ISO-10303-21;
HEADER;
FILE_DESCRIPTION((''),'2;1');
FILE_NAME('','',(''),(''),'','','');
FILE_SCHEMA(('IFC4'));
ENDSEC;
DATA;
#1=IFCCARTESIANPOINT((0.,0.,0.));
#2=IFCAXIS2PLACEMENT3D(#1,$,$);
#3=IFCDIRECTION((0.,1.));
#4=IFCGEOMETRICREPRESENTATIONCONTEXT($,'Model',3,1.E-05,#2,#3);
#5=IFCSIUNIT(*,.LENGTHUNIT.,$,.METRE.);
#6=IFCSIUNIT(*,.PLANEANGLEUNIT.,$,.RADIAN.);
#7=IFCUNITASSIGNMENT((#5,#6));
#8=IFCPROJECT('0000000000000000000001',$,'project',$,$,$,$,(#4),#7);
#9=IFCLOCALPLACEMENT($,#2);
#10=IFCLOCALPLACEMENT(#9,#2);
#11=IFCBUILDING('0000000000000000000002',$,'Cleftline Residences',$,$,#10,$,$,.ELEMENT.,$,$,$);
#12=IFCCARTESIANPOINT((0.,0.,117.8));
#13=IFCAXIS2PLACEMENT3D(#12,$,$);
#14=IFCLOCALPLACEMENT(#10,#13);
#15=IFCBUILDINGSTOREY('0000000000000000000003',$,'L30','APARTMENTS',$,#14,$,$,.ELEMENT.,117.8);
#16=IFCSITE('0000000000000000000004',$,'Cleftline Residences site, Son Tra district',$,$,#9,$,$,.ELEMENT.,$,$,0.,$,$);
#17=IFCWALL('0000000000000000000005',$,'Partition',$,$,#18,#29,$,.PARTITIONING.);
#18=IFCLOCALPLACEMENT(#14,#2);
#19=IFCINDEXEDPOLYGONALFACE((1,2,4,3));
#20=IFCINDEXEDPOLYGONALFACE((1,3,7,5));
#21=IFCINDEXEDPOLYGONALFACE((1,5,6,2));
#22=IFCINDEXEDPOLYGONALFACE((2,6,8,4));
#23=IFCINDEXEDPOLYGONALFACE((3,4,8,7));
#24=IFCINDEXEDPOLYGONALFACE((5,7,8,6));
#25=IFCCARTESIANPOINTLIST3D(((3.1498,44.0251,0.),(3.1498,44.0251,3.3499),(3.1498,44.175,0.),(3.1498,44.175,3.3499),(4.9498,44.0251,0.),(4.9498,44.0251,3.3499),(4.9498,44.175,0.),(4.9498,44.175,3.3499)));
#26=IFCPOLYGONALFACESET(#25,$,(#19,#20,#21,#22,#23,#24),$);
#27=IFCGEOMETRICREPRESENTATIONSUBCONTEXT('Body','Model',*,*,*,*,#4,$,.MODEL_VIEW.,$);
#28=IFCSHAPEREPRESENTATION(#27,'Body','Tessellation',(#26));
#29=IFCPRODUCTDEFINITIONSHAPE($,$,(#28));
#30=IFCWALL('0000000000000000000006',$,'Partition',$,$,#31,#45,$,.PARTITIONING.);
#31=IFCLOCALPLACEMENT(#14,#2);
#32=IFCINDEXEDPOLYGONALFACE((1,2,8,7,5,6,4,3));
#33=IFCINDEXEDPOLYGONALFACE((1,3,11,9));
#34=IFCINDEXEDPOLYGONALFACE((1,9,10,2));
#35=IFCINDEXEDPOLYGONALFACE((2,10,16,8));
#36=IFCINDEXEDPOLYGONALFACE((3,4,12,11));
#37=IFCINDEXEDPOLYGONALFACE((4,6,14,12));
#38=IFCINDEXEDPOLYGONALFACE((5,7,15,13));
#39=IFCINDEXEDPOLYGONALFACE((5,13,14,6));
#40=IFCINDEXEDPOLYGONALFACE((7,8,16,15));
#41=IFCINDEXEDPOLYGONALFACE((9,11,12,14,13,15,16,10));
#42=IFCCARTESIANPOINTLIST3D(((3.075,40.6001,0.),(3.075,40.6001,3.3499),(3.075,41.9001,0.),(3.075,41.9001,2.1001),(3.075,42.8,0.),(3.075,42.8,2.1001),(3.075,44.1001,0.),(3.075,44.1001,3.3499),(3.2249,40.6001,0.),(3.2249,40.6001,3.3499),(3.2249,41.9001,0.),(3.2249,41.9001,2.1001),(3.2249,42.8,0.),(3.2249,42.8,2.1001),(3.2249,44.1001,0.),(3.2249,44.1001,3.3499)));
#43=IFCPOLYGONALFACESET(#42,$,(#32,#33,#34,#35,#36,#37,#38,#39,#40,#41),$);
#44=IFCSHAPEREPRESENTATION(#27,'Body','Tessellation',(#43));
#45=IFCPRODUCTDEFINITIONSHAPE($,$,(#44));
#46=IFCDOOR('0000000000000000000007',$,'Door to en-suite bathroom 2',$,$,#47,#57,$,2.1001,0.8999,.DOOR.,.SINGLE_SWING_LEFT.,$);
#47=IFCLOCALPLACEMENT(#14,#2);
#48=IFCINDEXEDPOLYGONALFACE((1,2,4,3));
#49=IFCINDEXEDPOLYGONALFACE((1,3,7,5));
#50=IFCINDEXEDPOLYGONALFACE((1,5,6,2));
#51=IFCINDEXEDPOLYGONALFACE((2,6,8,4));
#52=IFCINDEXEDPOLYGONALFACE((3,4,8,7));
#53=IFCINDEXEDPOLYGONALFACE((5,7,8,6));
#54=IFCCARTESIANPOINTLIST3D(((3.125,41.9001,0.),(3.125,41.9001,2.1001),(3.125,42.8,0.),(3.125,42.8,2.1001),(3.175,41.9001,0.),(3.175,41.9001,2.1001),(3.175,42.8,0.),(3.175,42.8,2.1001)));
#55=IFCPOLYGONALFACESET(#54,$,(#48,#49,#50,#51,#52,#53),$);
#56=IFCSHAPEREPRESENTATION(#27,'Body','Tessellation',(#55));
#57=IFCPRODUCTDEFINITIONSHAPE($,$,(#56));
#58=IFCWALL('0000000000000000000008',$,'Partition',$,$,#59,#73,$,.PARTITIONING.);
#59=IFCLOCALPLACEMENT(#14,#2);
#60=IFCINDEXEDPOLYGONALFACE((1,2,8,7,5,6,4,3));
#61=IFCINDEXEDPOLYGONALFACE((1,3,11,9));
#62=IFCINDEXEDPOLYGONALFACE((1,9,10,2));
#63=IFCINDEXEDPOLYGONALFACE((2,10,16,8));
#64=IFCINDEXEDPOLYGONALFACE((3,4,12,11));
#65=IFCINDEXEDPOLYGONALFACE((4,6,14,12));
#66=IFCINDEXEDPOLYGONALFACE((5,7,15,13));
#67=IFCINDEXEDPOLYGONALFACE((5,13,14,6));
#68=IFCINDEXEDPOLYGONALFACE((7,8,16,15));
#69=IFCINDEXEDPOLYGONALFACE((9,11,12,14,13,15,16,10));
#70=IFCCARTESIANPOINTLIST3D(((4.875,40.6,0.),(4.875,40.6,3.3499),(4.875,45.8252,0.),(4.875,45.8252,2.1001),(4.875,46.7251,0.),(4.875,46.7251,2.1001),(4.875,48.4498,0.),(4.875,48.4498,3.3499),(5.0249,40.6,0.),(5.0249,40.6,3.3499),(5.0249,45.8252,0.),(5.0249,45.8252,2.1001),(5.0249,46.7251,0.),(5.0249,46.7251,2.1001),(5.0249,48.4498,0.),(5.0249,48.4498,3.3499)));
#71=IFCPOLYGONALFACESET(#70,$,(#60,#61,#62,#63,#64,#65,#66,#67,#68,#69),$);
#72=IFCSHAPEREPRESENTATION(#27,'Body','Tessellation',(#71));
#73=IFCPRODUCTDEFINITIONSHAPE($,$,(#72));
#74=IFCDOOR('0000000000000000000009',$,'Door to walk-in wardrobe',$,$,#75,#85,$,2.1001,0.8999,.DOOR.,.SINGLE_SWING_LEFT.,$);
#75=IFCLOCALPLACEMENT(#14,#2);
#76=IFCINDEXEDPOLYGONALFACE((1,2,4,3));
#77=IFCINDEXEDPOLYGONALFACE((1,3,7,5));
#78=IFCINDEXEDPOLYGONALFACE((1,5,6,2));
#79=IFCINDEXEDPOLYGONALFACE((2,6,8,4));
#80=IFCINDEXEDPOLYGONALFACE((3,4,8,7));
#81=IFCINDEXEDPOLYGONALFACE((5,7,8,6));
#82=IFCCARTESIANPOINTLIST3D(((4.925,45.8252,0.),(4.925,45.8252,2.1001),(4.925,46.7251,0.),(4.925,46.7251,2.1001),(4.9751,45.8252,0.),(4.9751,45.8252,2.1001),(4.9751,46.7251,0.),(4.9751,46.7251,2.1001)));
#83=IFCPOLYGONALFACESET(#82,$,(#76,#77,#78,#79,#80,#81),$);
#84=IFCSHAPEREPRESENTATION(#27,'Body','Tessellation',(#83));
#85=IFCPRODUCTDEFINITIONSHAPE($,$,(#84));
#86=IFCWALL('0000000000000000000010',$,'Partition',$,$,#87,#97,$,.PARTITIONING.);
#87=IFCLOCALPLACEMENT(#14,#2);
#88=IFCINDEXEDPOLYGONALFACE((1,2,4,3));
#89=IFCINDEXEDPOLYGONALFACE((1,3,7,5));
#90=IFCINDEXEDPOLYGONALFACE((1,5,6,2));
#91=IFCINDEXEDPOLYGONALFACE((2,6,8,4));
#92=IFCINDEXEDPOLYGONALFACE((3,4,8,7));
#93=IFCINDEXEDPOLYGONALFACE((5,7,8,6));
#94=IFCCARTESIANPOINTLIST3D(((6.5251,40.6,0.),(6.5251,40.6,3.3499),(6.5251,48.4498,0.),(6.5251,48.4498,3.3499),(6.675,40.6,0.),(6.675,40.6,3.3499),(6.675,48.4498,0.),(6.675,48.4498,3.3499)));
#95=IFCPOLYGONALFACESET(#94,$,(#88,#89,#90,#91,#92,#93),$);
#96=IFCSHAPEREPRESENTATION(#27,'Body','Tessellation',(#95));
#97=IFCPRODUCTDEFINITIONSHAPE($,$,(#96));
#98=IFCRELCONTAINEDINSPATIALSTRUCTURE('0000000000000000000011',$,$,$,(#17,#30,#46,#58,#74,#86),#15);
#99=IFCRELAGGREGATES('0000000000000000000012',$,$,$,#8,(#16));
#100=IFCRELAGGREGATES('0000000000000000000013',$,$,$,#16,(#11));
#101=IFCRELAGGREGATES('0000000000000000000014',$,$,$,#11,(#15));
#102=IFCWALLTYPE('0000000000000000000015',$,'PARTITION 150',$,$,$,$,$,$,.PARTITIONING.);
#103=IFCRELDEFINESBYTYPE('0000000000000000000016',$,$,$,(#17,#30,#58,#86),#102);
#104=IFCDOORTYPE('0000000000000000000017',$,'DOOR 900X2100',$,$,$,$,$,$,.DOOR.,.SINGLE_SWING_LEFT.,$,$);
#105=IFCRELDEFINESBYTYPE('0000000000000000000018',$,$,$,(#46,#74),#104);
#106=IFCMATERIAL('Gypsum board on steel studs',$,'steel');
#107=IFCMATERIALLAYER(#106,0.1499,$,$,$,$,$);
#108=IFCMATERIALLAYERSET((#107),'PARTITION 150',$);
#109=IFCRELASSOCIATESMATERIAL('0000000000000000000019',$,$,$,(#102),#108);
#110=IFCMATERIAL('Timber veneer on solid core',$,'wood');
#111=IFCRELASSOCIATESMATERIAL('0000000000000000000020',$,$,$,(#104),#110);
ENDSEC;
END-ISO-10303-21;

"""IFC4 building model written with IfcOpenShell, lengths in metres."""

from ifc_helpers import new_model, si_unit, direction, frame, frame_2d, origin, place, context, subcontext, project, spatial, rectangle, extrude, material, layer, layer_set, type_object, element, fill, save


model = new_model("IFC4")

# Units and contexts
model_context = context("Model", 3, precision=1e-05, world=origin(), true_north=direction((0.0, 1.0)))
body_context = subcontext(model_context, "Body", "Model", "MODEL_VIEW")
ifc_project = project(units=[si_unit("LENGTHUNIT", "METRE"), si_unit("PLANEANGLEUNIT", "RADIAN")], contexts=[model_context])

# Site, building, storey
site_placement = place(None, origin())
site = spatial("IfcSite", under=ifc_project, at=site_placement, Name="Cleftline Residences site, Son Tra district", CompositionType="ELEMENT", RefElevation=0.0)
building_placement = place(site_placement, origin())
building = spatial("IfcBuilding", under=site, at=building_placement, Name="Cleftline Residences", CompositionType="ELEMENT")
storey_placement = place(building_placement, frame((0.0, 0.0, 117.8)))
storey = spatial("IfcBuildingStorey", under=building, at=storey_placement, Name="L30", Description="APARTMENTS", CompositionType="ELEMENT", Elevation=117.8)

# Wall
ifc_material_1 = material(Name="Gypsum board on steel studs", Category="steel")
ifc_layer_1 = layer(ifc_material_1, 0.1499)
ifc_layer_set_1 = layer_set([ifc_layer_1], Name="PARTITION 150")
wall_type_1 = type_object("IfcWallType", Name="PARTITION 150", PredefinedType="PARTITIONING", material=ifc_layer_set_1)
wall_1_placement = place(storey_placement, frame((3.1499, 44.1001, 0.0), z_axis=(0.0, 0.0, 1.0), x_axis=(1.0, 0.0, 0.0)))
element("IfcWall", 1, at=wall_1_placement, inside=storey, type_object=wall_type_1, Name="Partition", PredefinedType="PARTITIONING", context=body_context, shape_type="SweptSolid", body=[
    extrude(rectangle(XDim=1.8, YDim=0.1499, at=frame_2d((0.8999, 0.0))), origin(), (0.0, 0.0, 1.0), 3.3499),
])

# Walls, openings, doors
wall_2_placement = place(storey_placement, frame((3.1499, 40.6001, 0.0), z_axis=(0.0, 0.0, 1.0), x_axis=(0.0, 1.0, 0.0)))
wall_2 = element("IfcWall", 2, at=wall_2_placement, inside=storey, type_object=wall_type_1, Name="Partition", PredefinedType="PARTITIONING", context=body_context, shape_type="SweptSolid", body=[
    extrude(rectangle(XDim=3.5, YDim=0.1499, at=frame_2d((1.75, 0.0))), origin(), (0.0, 0.0, 1.0), 3.3499),
])
opening_1_placement = place(wall_2_placement, frame((1.3, 0.0, 0.0)))
opening_1 = element("IfcOpeningElement", 3, at=opening_1_placement, cuts=wall_2, PredefinedType="OPENING", context=body_context, shape_type="SweptSolid", body=[
    extrude(rectangle(XDim=0.8999, YDim=2.1001, at=frame_2d((0.45, 1.05))), frame((0.0, 0.085, 0.0), z_axis=(0.0, -1.0, 0.0), x_axis=(1.0, 0.0, 0.0)), (0.0, 0.0, 1.0), 0.1699),
])
ifc_material_2 = material(Name="Timber veneer on solid core", Category="wood")
door_type = type_object("IfcDoorType", Name="DOOR 900X2100", OperationType="SINGLE_SWING_LEFT", PredefinedType="DOOR", material=ifc_material_2)
door_1_placement = place(opening_1_placement, origin())
door_1 = element("IfcDoor", 4, at=door_1_placement, inside=storey, type_object=door_type, Name="Door to en-suite bathroom 2", OperationType="SINGLE_SWING_LEFT", OverallHeight=2.1001, OverallWidth=0.8999, PredefinedType="DOOR", context=body_context, shape_type="SweptSolid", body=[
    extrude(rectangle(XDim=0.8999, YDim=2.1001, at=frame_2d((0.45, 1.05))), frame((0.0, 0.0249, 0.0), z_axis=(0.0, -1.0, 0.0), x_axis=(1.0, 0.0, 0.0)), (0.0, 0.0, 1.0), 0.05),
])
fill(opening_1, door_1)
wall_3_placement = place(storey_placement, frame((4.95, 40.6001, 0.0), z_axis=(0.0, 0.0, 1.0), x_axis=(0.0, 1.0, 0.0)))
wall_3 = element("IfcWall", 5, at=wall_3_placement, inside=storey, type_object=wall_type_1, Name="Partition", PredefinedType="PARTITIONING", context=body_context, shape_type="SweptSolid", body=[
    extrude(rectangle(XDim=7.8499, YDim=0.1499, at=frame_2d((3.9248, 0.0))), origin(), (0.0, 0.0, 1.0), 3.3499),
])
opening_2_placement = place(wall_3_placement, frame((5.2251, 0.0, 0.0)))
opening_2 = element("IfcOpeningElement", 6, at=opening_2_placement, cuts=wall_3, PredefinedType="OPENING", context=body_context, shape_type="SweptSolid", body=[
    extrude(rectangle(XDim=0.8999, YDim=2.1001, at=frame_2d((0.45, 1.05))), frame((0.0, 0.085, 0.0), z_axis=(0.0, -1.0, 0.0), x_axis=(1.0, 0.0, 0.0)), (0.0, 0.0, 1.0), 0.1699),
])
door_2_placement = place(opening_2_placement, origin())
door_2 = element("IfcDoor", 7, at=door_2_placement, inside=storey, type_object=door_type, Name="Door to walk-in wardrobe", OperationType="SINGLE_SWING_LEFT", OverallHeight=2.1001, OverallWidth=0.8999, PredefinedType="DOOR", context=body_context, shape_type="SweptSolid", body=[
    extrude(rectangle(XDim=0.8999, YDim=2.1001, at=frame_2d((0.45, 1.05))), frame((0.0, 0.0249, 0.0), z_axis=(0.0, -1.0, 0.0), x_axis=(1.0, 0.0, 0.0)), (0.0, 0.0, 1.0), 0.05),
])
fill(opening_2, door_2)

# Wall
wall_4_placement = place(storey_placement, frame((6.6001, 40.6001, 0.0), z_axis=(0.0, 0.0, 1.0), x_axis=(0.0, 1.0, 0.0)))
element("IfcWall", 8, at=wall_4_placement, inside=storey, type_object=wall_type_1, Name="Partition", PredefinedType="PARTITIONING", context=body_context, shape_type="SweptSolid", body=[
    extrude(rectangle(XDim=7.8499, YDim=0.1499, at=frame_2d((3.9248, 0.0))), origin(), (0.0, 0.0, 1.0), 3.3499),
])

save(model, "model.ifc")
